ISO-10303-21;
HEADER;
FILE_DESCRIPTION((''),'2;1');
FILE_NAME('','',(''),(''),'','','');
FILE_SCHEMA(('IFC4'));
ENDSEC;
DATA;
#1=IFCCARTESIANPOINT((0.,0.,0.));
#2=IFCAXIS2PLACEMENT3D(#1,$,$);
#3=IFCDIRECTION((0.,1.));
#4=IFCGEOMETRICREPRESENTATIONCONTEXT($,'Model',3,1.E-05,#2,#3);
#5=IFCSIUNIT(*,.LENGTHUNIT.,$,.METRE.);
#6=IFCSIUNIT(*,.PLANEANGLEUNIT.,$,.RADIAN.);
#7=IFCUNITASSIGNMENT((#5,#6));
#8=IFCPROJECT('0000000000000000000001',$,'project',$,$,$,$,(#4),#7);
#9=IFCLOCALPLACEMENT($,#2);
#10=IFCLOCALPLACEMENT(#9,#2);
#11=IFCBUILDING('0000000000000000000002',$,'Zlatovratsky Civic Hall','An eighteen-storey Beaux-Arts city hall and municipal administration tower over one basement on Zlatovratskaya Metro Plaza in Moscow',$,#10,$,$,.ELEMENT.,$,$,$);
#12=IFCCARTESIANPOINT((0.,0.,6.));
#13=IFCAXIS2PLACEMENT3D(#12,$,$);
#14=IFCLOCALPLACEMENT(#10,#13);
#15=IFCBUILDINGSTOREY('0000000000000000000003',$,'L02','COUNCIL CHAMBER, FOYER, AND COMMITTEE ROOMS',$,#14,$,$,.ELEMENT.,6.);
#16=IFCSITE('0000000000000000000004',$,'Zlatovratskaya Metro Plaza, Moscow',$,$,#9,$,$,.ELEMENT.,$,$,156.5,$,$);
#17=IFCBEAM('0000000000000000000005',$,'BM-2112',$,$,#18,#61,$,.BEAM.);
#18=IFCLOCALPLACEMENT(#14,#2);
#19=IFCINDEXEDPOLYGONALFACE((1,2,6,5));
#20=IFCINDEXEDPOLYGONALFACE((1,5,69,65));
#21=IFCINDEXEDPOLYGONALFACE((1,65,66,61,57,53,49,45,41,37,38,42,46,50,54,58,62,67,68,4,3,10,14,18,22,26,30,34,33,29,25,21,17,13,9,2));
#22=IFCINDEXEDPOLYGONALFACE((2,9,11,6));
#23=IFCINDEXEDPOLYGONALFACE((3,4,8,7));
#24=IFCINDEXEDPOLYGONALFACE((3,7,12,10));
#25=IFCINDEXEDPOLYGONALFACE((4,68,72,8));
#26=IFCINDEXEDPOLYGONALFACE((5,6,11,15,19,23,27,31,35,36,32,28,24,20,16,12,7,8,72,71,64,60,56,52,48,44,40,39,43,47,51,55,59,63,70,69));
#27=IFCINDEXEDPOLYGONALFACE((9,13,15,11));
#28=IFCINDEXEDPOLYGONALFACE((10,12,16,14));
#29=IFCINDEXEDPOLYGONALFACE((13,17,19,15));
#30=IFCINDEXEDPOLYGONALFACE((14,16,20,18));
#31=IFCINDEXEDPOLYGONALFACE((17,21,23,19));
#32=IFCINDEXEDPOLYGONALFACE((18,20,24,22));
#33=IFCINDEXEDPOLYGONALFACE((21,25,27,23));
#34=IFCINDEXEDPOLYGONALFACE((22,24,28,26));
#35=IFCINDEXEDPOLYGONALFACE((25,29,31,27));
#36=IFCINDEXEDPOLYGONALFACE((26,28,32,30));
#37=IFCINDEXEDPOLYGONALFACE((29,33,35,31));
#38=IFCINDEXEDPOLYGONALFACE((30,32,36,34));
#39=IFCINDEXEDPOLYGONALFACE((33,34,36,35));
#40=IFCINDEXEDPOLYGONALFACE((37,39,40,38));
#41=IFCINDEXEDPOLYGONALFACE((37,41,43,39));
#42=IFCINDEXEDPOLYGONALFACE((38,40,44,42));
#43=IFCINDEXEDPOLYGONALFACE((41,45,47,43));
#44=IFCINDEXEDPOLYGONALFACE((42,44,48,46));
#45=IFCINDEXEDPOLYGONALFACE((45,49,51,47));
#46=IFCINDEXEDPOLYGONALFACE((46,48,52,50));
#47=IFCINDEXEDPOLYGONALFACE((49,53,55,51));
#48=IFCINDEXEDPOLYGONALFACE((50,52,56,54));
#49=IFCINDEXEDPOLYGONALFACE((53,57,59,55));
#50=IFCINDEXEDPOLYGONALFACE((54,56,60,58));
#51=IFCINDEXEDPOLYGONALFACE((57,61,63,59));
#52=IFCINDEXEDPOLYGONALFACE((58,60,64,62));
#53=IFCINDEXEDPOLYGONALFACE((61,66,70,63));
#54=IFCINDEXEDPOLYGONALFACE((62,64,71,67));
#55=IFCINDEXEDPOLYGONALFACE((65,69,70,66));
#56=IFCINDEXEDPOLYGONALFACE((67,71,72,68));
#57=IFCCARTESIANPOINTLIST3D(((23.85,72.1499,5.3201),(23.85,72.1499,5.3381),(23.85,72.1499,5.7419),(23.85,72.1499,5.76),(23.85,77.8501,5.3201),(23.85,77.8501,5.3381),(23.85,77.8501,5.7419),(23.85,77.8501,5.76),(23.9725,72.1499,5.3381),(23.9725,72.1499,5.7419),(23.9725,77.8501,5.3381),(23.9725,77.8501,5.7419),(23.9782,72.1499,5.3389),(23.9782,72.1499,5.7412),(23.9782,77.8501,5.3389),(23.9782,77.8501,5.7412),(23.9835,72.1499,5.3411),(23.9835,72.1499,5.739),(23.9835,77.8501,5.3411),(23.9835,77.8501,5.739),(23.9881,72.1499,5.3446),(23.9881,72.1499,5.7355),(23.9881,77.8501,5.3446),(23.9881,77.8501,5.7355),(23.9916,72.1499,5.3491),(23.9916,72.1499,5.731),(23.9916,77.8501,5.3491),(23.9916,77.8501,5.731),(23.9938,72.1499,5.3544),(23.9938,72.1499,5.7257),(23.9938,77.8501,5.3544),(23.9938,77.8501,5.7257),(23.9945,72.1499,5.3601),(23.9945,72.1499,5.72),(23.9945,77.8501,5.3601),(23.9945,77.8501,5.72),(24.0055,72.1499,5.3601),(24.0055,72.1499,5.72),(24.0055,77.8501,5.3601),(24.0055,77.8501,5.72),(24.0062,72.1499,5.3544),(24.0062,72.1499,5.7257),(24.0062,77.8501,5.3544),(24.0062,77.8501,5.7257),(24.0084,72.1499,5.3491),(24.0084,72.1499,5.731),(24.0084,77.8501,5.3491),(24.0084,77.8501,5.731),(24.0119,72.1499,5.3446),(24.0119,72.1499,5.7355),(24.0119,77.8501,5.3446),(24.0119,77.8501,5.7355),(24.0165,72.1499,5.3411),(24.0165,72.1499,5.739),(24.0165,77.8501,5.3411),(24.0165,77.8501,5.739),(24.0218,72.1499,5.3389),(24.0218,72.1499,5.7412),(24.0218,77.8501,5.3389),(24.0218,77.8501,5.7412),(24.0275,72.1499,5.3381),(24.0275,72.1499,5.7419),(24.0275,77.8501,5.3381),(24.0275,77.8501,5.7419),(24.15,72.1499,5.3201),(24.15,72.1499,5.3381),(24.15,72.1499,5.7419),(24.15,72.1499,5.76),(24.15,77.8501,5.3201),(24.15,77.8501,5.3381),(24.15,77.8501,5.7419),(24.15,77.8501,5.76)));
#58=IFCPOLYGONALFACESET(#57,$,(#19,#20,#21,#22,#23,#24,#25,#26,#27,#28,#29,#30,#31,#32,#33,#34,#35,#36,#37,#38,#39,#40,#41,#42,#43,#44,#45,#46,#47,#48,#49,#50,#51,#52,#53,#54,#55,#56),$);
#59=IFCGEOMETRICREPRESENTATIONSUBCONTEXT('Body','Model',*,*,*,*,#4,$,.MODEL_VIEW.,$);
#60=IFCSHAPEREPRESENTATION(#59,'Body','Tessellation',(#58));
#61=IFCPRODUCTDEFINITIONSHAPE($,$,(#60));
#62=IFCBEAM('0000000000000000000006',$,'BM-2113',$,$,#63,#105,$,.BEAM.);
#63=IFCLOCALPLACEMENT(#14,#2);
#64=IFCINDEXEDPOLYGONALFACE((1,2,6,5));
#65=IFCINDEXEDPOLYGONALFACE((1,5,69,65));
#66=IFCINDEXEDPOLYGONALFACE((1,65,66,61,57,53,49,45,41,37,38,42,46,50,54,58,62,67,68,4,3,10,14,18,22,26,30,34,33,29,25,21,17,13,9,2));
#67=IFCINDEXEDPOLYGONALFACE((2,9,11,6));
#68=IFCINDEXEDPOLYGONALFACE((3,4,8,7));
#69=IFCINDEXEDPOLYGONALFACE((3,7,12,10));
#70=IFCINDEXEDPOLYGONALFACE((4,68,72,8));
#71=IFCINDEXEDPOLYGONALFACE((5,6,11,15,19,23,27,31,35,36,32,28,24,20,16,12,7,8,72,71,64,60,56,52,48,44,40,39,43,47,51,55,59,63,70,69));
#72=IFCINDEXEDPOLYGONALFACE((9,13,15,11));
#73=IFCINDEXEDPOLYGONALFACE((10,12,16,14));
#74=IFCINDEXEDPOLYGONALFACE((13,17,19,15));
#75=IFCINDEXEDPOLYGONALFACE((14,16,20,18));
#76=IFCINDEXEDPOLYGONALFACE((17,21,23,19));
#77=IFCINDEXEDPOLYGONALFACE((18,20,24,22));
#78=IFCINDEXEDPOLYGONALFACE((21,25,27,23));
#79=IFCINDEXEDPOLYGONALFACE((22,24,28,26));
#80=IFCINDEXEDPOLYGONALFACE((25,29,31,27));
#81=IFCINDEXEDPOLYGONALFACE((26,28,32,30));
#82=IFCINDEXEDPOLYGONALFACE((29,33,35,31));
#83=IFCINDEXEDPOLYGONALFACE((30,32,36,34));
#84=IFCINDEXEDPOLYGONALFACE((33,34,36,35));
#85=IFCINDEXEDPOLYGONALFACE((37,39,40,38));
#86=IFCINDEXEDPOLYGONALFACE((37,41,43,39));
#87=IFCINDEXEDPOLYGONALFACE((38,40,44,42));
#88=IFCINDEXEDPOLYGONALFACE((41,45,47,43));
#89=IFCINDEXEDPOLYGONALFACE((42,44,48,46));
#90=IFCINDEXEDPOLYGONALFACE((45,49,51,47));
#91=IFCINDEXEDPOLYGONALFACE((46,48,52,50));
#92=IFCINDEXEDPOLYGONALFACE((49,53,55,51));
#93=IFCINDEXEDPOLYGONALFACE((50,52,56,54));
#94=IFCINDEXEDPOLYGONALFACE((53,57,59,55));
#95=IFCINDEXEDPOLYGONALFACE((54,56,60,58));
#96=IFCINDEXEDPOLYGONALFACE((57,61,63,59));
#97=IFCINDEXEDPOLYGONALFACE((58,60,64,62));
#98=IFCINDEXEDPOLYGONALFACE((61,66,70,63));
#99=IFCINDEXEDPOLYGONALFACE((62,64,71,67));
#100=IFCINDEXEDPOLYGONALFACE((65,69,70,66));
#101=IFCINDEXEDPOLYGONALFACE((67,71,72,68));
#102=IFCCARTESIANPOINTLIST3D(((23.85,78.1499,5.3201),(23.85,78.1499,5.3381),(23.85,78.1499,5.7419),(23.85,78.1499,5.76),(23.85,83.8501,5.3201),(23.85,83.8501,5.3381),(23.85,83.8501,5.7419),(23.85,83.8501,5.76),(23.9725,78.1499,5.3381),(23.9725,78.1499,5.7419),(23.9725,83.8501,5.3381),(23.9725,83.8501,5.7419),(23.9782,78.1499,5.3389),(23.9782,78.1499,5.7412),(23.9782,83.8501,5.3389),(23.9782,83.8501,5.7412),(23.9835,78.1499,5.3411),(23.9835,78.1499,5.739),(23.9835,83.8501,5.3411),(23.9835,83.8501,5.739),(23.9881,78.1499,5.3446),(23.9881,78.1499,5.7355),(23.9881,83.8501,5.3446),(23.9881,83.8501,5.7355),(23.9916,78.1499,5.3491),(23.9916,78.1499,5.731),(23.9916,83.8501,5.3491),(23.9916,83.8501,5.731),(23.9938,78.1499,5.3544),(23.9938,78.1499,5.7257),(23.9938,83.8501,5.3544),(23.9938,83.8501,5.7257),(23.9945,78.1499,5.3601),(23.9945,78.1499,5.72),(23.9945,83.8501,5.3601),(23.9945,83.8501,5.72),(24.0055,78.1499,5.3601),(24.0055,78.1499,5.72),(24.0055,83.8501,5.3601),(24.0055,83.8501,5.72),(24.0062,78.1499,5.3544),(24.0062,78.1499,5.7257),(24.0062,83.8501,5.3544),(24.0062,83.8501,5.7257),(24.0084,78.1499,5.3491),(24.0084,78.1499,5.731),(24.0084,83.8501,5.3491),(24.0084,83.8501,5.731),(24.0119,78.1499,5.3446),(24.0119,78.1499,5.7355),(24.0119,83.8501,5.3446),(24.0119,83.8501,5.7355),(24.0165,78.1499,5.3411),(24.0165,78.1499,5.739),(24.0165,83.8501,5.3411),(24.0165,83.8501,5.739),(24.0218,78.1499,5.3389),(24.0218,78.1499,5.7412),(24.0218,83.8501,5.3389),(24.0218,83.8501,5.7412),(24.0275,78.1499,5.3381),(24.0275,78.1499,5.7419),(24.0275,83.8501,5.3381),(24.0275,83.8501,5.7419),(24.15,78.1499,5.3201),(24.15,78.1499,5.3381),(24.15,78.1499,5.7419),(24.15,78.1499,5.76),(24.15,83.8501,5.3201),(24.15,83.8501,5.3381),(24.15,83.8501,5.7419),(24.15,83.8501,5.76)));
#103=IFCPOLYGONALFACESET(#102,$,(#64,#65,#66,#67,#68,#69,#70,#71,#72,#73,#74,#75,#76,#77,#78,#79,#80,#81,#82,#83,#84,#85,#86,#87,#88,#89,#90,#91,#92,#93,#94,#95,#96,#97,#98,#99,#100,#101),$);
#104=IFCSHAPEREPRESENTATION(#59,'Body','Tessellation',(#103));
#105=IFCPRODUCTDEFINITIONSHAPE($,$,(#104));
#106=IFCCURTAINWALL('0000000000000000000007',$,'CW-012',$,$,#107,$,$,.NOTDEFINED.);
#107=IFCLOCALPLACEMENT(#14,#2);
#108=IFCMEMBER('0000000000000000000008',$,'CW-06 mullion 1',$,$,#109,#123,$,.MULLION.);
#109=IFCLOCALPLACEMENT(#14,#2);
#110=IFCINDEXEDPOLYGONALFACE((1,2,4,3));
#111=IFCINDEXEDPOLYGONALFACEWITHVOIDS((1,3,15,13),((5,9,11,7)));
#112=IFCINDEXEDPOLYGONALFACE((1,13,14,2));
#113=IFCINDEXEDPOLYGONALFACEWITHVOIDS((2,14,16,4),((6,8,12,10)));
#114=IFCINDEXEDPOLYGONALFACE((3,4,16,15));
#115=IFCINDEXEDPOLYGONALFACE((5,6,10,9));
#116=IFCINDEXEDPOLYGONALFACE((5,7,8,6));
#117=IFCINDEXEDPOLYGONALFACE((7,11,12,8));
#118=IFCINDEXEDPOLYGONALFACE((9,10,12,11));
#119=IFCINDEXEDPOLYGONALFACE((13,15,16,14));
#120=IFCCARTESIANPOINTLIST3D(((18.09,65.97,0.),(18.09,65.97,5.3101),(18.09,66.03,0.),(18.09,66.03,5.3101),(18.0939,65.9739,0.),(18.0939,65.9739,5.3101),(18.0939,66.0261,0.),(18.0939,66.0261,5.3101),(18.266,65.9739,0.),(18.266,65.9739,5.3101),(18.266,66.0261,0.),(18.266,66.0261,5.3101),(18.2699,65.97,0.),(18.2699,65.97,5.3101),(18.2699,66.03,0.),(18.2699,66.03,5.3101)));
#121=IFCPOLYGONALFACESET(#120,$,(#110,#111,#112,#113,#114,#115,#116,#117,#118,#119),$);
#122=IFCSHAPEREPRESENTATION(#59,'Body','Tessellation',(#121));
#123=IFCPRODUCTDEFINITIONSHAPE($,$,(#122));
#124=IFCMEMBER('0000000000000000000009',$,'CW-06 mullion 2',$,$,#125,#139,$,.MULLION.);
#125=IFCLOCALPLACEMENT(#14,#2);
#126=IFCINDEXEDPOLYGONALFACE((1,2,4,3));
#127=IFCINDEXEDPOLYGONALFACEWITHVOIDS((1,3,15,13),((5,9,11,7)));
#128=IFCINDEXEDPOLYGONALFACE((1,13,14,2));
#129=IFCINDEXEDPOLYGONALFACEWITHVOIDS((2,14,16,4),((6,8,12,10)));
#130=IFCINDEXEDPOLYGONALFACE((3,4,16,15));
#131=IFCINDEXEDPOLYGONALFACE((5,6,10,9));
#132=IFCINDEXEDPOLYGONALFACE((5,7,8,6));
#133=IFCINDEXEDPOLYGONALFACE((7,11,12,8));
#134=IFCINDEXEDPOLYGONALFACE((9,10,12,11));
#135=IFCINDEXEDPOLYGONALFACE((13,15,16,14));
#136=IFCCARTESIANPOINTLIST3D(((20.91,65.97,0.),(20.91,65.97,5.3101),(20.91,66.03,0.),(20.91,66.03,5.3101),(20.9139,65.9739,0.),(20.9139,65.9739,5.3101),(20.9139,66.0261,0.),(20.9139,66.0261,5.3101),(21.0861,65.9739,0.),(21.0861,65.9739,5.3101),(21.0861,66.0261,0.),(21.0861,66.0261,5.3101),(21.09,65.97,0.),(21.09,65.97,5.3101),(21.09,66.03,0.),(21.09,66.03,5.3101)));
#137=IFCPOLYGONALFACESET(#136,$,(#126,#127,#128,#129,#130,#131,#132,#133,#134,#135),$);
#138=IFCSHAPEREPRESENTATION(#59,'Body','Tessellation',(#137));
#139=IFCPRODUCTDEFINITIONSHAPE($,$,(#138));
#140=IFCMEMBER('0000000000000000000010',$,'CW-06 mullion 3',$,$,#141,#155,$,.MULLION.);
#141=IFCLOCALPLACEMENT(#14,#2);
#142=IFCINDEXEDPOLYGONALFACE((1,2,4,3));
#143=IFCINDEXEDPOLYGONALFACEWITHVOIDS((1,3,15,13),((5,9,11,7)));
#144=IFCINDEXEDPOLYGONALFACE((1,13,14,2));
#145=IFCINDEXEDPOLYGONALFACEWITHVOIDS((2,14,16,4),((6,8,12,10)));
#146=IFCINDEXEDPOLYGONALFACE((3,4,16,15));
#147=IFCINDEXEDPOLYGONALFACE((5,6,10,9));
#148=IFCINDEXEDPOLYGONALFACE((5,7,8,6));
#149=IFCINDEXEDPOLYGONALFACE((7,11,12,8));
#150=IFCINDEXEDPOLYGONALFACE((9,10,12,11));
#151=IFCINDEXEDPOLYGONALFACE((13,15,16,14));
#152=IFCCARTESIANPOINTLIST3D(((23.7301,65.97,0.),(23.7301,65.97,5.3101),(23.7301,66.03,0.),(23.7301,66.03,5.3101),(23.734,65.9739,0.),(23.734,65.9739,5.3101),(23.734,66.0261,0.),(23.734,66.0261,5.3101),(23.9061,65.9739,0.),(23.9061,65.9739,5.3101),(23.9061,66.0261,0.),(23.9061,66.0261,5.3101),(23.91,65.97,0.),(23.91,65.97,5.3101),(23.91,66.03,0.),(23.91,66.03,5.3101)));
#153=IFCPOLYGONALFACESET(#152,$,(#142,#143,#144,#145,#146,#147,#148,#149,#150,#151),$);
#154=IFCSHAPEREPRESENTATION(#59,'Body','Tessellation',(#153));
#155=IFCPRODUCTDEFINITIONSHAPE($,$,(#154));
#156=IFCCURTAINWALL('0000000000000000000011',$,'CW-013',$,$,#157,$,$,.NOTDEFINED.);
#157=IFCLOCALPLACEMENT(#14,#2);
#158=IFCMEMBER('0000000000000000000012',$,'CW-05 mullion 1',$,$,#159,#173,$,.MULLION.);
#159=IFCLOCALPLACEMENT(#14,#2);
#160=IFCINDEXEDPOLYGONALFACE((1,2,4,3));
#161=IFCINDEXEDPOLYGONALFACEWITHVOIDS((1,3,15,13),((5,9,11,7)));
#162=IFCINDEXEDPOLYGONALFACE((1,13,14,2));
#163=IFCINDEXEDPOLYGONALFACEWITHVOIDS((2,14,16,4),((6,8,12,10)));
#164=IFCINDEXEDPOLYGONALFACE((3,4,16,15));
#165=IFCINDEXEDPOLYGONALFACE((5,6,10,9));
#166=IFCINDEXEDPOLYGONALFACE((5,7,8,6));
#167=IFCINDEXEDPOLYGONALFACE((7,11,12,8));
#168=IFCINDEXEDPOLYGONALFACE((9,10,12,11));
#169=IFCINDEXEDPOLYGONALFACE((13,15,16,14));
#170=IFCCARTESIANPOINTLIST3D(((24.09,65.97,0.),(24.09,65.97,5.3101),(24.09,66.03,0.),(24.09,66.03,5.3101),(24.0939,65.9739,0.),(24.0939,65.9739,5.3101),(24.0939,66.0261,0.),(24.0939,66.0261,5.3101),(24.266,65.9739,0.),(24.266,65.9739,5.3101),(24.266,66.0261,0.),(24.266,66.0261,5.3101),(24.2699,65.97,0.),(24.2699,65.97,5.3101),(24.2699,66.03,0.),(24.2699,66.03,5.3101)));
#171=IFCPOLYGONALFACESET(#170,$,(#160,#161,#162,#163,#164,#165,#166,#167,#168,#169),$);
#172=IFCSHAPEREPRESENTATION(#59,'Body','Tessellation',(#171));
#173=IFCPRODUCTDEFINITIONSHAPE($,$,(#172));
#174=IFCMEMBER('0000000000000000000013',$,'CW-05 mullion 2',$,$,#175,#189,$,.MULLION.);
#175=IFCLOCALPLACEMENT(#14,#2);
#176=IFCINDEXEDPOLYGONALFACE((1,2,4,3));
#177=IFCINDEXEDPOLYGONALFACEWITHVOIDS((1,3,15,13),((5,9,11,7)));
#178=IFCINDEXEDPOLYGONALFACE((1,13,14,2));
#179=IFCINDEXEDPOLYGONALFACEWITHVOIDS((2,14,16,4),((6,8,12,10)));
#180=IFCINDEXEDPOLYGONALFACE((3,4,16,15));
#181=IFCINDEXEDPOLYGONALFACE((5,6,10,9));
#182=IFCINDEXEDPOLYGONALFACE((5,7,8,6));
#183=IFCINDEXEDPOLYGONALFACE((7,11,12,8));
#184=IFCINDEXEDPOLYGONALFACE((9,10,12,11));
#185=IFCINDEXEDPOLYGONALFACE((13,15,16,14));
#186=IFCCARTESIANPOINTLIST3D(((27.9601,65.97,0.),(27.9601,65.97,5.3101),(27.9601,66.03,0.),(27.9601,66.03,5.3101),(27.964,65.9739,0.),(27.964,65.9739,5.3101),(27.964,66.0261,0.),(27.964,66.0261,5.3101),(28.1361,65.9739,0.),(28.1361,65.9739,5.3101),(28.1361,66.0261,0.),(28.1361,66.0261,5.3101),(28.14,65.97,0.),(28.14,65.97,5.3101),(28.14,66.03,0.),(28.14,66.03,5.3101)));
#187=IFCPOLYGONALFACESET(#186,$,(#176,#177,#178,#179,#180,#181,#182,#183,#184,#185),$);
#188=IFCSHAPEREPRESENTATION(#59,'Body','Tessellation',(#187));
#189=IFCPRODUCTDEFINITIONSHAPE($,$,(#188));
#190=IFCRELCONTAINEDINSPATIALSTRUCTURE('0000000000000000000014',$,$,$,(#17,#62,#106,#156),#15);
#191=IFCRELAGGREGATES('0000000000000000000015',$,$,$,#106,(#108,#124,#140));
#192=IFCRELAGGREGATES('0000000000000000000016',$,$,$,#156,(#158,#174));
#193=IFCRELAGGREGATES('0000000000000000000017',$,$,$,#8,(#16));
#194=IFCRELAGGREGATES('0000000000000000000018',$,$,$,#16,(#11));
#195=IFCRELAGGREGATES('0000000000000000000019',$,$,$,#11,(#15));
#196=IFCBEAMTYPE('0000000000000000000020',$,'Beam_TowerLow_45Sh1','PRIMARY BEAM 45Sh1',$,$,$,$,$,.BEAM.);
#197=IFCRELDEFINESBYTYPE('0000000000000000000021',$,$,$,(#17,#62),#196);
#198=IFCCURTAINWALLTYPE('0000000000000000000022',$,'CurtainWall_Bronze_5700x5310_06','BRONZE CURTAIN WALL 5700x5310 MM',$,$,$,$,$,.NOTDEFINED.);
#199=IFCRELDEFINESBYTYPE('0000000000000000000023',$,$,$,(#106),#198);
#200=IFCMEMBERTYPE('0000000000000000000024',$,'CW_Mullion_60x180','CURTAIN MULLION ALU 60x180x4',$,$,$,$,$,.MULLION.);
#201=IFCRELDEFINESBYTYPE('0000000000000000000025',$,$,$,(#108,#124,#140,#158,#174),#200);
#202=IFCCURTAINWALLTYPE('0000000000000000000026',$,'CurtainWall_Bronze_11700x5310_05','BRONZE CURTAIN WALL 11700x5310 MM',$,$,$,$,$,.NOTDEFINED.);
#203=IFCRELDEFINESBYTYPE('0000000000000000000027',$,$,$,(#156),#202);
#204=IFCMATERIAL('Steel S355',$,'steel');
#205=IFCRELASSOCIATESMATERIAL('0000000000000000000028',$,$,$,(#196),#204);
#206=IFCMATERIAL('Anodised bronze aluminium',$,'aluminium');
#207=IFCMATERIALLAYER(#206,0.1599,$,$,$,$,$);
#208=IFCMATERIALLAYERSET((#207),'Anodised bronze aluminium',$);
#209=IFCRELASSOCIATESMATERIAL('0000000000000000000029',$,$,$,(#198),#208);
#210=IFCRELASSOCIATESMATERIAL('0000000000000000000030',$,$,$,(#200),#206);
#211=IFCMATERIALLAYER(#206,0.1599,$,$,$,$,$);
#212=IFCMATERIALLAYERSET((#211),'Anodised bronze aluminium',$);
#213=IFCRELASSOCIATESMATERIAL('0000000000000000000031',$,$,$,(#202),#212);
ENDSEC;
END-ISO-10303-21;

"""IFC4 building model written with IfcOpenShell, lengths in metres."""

from ifc_helpers import new_model, si_unit, direction, frame, origin, origin_2d, place, context, subcontext, project, spatial, hollow_rectangle, i_section, extrude, material, layer, layer_set, material_profile, profile_set, type_object, element, aggregate, save


model = new_model("IFC4")

# Units and contexts
model_context = context("Model", 3, precision=1e-05, world=origin(), true_north=direction((0.0, 1.0)))
body_context = subcontext(model_context, "Body", "Model", "MODEL_VIEW")
ifc_project = project(units=[si_unit("LENGTHUNIT", "METRE"), si_unit("PLANEANGLEUNIT", "RADIAN")], contexts=[model_context])

# Site, building, storey
site_placement = place(None, origin())
site = spatial("IfcSite", under=ifc_project, at=site_placement, Name="Zlatovratskaya Metro Plaza, Moscow", CompositionType="ELEMENT", RefElevation=156.5)
building_placement = place(site_placement, origin())
building = spatial("IfcBuilding", under=site, at=building_placement, Name="Zlatovratsky Civic Hall", Description="An eighteen-storey Beaux-Arts city hall and municipal administration tower over one basement on Zlatovratskaya Metro Plaza in Moscow", CompositionType="ELEMENT")
storey_placement = place(building_placement, frame((0.0, 0.0, 6.0)))
storey = spatial("IfcBuildingStorey", under=building, at=storey_placement, Name="L02", Description="COUNCIL CHAMBER, FOYER, AND COMMITTEE ROOMS", CompositionType="ELEMENT", Elevation=6.0)

# Shared definitions
ifc_material_1 = material(Name="Steel S355", Category="steel")

# Beams
ifc_material_profile_1 = material_profile(ifc_material_1, i_section(OverallWidth=0.3, OverallDepth=0.4399, WebThickness=0.011, FlangeThickness=0.0181, FilletRadius=0.022, at=origin_2d()), Name="45Sh1")
ifc_profile_set_1 = profile_set([ifc_material_profile_1], Name="Steel S355")
beam_type_1 = type_object("IfcBeamType", Name="Beam_TowerLow_45Sh1", Description="PRIMARY BEAM 45Sh1", PredefinedType="BEAM", material=ifc_profile_set_1)
for number, where, z_axis, x_axis, name in (
    (1, (24.0, 72.1499, 5.54), (0.0, 1.0, 0.0), (-1.0, 0.0, 0.0), "BM-2112"),
    (2, (24.0, 78.1499, 5.54), (0.0, 1.0, 0.0), (-1.0, 0.0, 0.0), "BM-2113"),
):
    element("IfcBeam", number, at=place(storey_placement, frame(where, z_axis=z_axis, x_axis=x_axis)), inside=storey, type_object=beam_type_1, Name=name, PredefinedType="BEAM", context=body_context, shape_type="SweptSolid", body=[
        extrude(i_section(OverallWidth=0.3, OverallDepth=0.4399, WebThickness=0.011, FlangeThickness=0.0181, FilletRadius=0.022, at=origin_2d()), origin(), (0.0, 0.0, 1.0), 5.7002),
    ])

# Curtain walls, members
ifc_material_2 = material(Name="Anodised bronze aluminium", Category="aluminium")
ifc_layer_1 = layer(ifc_material_2, 0.1599)
ifc_layer_set_1 = layer_set([ifc_layer_1], Name="Anodised bronze aluminium")
curtain_wall_type_1 = type_object("IfcCurtainWallType", Name="CurtainWall_Bronze_5700x5310_06", Description="BRONZE CURTAIN WALL 5700x5310 MM", PredefinedType="NOTDEFINED", material=ifc_layer_set_1)
curtain_wall_1_placement = place(storey_placement, origin())
curtain_wall_1 = element("IfcCurtainWall", 3, at=curtain_wall_1_placement, inside=storey, type_object=curtain_wall_type_1, Name="CW-012", PredefinedType="NOTDEFINED")
ifc_material_profile_2 = material_profile(ifc_material_2, hollow_rectangle(XDim=0.0601, YDim=0.1799, WallThickness=0.0039, at=origin_2d()), Name="ALU 60x180x4")
ifc_profile_set_2 = profile_set([ifc_material_profile_2], Name="Anodised bronze aluminium")
member_type_1 = type_object("IfcMemberType", Name="CW_Mullion_60x180", Description="CURTAIN MULLION ALU 60x180x4", PredefinedType="MULLION", material=ifc_profile_set_2)
member_1_placement = place(storey_placement, frame((18.1799, 66.0, 0.0), z_axis=(0.0, 0.0, 1.0), x_axis=(0.0, 1.0, 0.0)))
member_1 = element("IfcMember", 4, at=member_1_placement, type_object=member_type_1, Name="CW-06 mullion 1", PredefinedType="MULLION", context=body_context, shape_type="SweptSolid", body=[
    extrude(hollow_rectangle(XDim=0.0601, YDim=0.1799, WallThickness=0.0039, at=origin_2d()), origin(), (0.0, 0.0, 1.0), 5.3101),
])
member_2_placement = place(storey_placement, frame((21.0, 66.0, 0.0), z_axis=(0.0, 0.0, 1.0), x_axis=(0.0, 1.0, 0.0)))
member_2 = element("IfcMember", 5, at=member_2_placement, type_object=member_type_1, Name="CW-06 mullion 2", PredefinedType="MULLION", context=body_context, shape_type="SweptSolid", body=[
    extrude(hollow_rectangle(XDim=0.0601, YDim=0.1799, WallThickness=0.0039, at=origin_2d()), origin(), (0.0, 0.0, 1.0), 5.3101),
])
member_3_placement = place(storey_placement, frame((23.8201, 66.0, 0.0), z_axis=(0.0, 0.0, 1.0), x_axis=(0.0, 1.0, 0.0)))
member_3 = element("IfcMember", 6, at=member_3_placement, type_object=member_type_1, Name="CW-06 mullion 3", PredefinedType="MULLION", context=body_context, shape_type="SweptSolid", body=[
    extrude(hollow_rectangle(XDim=0.0601, YDim=0.1799, WallThickness=0.0039, at=origin_2d()), origin(), (0.0, 0.0, 1.0), 5.3101),
])
ifc_layer_2 = layer(ifc_material_2, 0.1599)
ifc_layer_set_2 = layer_set([ifc_layer_2], Name="Anodised bronze aluminium")
curtain_wall_type_2 = type_object("IfcCurtainWallType", Name="CurtainWall_Bronze_11700x5310_05", Description="BRONZE CURTAIN WALL 11700x5310 MM", PredefinedType="NOTDEFINED", material=ifc_layer_set_2)
curtain_wall_2_placement = place(storey_placement, origin())
curtain_wall_2 = element("IfcCurtainWall", 7, at=curtain_wall_2_placement, inside=storey, type_object=curtain_wall_type_2, Name="CW-013", PredefinedType="NOTDEFINED")
member_4_placement = place(storey_placement, frame((24.1799, 66.0, 0.0), z_axis=(0.0, 0.0, 1.0), x_axis=(0.0, 1.0, 0.0)))
member_4 = element("IfcMember", 8, at=member_4_placement, type_object=member_type_1, Name="CW-05 mullion 1", PredefinedType="MULLION", context=body_context, shape_type="SweptSolid", body=[
    extrude(hollow_rectangle(XDim=0.0601, YDim=0.1799, WallThickness=0.0039, at=origin_2d()), origin(), (0.0, 0.0, 1.0), 5.3101),
])
member_5_placement = place(storey_placement, frame((28.05, 66.0, 0.0), z_axis=(0.0, 0.0, 1.0), x_axis=(0.0, 1.0, 0.0)))
member_5 = element("IfcMember", 9, at=member_5_placement, type_object=member_type_1, Name="CW-05 mullion 2", PredefinedType="MULLION", context=body_context, shape_type="SweptSolid", body=[
    extrude(hollow_rectangle(XDim=0.0601, YDim=0.1799, WallThickness=0.0039, at=origin_2d()), origin(), (0.0, 0.0, 1.0), 5.3101),
])

aggregate(curtain_wall_1, [member_1, member_2, member_3])
aggregate(curtain_wall_2, [member_4, member_5])

save(model, "model.ifc")
